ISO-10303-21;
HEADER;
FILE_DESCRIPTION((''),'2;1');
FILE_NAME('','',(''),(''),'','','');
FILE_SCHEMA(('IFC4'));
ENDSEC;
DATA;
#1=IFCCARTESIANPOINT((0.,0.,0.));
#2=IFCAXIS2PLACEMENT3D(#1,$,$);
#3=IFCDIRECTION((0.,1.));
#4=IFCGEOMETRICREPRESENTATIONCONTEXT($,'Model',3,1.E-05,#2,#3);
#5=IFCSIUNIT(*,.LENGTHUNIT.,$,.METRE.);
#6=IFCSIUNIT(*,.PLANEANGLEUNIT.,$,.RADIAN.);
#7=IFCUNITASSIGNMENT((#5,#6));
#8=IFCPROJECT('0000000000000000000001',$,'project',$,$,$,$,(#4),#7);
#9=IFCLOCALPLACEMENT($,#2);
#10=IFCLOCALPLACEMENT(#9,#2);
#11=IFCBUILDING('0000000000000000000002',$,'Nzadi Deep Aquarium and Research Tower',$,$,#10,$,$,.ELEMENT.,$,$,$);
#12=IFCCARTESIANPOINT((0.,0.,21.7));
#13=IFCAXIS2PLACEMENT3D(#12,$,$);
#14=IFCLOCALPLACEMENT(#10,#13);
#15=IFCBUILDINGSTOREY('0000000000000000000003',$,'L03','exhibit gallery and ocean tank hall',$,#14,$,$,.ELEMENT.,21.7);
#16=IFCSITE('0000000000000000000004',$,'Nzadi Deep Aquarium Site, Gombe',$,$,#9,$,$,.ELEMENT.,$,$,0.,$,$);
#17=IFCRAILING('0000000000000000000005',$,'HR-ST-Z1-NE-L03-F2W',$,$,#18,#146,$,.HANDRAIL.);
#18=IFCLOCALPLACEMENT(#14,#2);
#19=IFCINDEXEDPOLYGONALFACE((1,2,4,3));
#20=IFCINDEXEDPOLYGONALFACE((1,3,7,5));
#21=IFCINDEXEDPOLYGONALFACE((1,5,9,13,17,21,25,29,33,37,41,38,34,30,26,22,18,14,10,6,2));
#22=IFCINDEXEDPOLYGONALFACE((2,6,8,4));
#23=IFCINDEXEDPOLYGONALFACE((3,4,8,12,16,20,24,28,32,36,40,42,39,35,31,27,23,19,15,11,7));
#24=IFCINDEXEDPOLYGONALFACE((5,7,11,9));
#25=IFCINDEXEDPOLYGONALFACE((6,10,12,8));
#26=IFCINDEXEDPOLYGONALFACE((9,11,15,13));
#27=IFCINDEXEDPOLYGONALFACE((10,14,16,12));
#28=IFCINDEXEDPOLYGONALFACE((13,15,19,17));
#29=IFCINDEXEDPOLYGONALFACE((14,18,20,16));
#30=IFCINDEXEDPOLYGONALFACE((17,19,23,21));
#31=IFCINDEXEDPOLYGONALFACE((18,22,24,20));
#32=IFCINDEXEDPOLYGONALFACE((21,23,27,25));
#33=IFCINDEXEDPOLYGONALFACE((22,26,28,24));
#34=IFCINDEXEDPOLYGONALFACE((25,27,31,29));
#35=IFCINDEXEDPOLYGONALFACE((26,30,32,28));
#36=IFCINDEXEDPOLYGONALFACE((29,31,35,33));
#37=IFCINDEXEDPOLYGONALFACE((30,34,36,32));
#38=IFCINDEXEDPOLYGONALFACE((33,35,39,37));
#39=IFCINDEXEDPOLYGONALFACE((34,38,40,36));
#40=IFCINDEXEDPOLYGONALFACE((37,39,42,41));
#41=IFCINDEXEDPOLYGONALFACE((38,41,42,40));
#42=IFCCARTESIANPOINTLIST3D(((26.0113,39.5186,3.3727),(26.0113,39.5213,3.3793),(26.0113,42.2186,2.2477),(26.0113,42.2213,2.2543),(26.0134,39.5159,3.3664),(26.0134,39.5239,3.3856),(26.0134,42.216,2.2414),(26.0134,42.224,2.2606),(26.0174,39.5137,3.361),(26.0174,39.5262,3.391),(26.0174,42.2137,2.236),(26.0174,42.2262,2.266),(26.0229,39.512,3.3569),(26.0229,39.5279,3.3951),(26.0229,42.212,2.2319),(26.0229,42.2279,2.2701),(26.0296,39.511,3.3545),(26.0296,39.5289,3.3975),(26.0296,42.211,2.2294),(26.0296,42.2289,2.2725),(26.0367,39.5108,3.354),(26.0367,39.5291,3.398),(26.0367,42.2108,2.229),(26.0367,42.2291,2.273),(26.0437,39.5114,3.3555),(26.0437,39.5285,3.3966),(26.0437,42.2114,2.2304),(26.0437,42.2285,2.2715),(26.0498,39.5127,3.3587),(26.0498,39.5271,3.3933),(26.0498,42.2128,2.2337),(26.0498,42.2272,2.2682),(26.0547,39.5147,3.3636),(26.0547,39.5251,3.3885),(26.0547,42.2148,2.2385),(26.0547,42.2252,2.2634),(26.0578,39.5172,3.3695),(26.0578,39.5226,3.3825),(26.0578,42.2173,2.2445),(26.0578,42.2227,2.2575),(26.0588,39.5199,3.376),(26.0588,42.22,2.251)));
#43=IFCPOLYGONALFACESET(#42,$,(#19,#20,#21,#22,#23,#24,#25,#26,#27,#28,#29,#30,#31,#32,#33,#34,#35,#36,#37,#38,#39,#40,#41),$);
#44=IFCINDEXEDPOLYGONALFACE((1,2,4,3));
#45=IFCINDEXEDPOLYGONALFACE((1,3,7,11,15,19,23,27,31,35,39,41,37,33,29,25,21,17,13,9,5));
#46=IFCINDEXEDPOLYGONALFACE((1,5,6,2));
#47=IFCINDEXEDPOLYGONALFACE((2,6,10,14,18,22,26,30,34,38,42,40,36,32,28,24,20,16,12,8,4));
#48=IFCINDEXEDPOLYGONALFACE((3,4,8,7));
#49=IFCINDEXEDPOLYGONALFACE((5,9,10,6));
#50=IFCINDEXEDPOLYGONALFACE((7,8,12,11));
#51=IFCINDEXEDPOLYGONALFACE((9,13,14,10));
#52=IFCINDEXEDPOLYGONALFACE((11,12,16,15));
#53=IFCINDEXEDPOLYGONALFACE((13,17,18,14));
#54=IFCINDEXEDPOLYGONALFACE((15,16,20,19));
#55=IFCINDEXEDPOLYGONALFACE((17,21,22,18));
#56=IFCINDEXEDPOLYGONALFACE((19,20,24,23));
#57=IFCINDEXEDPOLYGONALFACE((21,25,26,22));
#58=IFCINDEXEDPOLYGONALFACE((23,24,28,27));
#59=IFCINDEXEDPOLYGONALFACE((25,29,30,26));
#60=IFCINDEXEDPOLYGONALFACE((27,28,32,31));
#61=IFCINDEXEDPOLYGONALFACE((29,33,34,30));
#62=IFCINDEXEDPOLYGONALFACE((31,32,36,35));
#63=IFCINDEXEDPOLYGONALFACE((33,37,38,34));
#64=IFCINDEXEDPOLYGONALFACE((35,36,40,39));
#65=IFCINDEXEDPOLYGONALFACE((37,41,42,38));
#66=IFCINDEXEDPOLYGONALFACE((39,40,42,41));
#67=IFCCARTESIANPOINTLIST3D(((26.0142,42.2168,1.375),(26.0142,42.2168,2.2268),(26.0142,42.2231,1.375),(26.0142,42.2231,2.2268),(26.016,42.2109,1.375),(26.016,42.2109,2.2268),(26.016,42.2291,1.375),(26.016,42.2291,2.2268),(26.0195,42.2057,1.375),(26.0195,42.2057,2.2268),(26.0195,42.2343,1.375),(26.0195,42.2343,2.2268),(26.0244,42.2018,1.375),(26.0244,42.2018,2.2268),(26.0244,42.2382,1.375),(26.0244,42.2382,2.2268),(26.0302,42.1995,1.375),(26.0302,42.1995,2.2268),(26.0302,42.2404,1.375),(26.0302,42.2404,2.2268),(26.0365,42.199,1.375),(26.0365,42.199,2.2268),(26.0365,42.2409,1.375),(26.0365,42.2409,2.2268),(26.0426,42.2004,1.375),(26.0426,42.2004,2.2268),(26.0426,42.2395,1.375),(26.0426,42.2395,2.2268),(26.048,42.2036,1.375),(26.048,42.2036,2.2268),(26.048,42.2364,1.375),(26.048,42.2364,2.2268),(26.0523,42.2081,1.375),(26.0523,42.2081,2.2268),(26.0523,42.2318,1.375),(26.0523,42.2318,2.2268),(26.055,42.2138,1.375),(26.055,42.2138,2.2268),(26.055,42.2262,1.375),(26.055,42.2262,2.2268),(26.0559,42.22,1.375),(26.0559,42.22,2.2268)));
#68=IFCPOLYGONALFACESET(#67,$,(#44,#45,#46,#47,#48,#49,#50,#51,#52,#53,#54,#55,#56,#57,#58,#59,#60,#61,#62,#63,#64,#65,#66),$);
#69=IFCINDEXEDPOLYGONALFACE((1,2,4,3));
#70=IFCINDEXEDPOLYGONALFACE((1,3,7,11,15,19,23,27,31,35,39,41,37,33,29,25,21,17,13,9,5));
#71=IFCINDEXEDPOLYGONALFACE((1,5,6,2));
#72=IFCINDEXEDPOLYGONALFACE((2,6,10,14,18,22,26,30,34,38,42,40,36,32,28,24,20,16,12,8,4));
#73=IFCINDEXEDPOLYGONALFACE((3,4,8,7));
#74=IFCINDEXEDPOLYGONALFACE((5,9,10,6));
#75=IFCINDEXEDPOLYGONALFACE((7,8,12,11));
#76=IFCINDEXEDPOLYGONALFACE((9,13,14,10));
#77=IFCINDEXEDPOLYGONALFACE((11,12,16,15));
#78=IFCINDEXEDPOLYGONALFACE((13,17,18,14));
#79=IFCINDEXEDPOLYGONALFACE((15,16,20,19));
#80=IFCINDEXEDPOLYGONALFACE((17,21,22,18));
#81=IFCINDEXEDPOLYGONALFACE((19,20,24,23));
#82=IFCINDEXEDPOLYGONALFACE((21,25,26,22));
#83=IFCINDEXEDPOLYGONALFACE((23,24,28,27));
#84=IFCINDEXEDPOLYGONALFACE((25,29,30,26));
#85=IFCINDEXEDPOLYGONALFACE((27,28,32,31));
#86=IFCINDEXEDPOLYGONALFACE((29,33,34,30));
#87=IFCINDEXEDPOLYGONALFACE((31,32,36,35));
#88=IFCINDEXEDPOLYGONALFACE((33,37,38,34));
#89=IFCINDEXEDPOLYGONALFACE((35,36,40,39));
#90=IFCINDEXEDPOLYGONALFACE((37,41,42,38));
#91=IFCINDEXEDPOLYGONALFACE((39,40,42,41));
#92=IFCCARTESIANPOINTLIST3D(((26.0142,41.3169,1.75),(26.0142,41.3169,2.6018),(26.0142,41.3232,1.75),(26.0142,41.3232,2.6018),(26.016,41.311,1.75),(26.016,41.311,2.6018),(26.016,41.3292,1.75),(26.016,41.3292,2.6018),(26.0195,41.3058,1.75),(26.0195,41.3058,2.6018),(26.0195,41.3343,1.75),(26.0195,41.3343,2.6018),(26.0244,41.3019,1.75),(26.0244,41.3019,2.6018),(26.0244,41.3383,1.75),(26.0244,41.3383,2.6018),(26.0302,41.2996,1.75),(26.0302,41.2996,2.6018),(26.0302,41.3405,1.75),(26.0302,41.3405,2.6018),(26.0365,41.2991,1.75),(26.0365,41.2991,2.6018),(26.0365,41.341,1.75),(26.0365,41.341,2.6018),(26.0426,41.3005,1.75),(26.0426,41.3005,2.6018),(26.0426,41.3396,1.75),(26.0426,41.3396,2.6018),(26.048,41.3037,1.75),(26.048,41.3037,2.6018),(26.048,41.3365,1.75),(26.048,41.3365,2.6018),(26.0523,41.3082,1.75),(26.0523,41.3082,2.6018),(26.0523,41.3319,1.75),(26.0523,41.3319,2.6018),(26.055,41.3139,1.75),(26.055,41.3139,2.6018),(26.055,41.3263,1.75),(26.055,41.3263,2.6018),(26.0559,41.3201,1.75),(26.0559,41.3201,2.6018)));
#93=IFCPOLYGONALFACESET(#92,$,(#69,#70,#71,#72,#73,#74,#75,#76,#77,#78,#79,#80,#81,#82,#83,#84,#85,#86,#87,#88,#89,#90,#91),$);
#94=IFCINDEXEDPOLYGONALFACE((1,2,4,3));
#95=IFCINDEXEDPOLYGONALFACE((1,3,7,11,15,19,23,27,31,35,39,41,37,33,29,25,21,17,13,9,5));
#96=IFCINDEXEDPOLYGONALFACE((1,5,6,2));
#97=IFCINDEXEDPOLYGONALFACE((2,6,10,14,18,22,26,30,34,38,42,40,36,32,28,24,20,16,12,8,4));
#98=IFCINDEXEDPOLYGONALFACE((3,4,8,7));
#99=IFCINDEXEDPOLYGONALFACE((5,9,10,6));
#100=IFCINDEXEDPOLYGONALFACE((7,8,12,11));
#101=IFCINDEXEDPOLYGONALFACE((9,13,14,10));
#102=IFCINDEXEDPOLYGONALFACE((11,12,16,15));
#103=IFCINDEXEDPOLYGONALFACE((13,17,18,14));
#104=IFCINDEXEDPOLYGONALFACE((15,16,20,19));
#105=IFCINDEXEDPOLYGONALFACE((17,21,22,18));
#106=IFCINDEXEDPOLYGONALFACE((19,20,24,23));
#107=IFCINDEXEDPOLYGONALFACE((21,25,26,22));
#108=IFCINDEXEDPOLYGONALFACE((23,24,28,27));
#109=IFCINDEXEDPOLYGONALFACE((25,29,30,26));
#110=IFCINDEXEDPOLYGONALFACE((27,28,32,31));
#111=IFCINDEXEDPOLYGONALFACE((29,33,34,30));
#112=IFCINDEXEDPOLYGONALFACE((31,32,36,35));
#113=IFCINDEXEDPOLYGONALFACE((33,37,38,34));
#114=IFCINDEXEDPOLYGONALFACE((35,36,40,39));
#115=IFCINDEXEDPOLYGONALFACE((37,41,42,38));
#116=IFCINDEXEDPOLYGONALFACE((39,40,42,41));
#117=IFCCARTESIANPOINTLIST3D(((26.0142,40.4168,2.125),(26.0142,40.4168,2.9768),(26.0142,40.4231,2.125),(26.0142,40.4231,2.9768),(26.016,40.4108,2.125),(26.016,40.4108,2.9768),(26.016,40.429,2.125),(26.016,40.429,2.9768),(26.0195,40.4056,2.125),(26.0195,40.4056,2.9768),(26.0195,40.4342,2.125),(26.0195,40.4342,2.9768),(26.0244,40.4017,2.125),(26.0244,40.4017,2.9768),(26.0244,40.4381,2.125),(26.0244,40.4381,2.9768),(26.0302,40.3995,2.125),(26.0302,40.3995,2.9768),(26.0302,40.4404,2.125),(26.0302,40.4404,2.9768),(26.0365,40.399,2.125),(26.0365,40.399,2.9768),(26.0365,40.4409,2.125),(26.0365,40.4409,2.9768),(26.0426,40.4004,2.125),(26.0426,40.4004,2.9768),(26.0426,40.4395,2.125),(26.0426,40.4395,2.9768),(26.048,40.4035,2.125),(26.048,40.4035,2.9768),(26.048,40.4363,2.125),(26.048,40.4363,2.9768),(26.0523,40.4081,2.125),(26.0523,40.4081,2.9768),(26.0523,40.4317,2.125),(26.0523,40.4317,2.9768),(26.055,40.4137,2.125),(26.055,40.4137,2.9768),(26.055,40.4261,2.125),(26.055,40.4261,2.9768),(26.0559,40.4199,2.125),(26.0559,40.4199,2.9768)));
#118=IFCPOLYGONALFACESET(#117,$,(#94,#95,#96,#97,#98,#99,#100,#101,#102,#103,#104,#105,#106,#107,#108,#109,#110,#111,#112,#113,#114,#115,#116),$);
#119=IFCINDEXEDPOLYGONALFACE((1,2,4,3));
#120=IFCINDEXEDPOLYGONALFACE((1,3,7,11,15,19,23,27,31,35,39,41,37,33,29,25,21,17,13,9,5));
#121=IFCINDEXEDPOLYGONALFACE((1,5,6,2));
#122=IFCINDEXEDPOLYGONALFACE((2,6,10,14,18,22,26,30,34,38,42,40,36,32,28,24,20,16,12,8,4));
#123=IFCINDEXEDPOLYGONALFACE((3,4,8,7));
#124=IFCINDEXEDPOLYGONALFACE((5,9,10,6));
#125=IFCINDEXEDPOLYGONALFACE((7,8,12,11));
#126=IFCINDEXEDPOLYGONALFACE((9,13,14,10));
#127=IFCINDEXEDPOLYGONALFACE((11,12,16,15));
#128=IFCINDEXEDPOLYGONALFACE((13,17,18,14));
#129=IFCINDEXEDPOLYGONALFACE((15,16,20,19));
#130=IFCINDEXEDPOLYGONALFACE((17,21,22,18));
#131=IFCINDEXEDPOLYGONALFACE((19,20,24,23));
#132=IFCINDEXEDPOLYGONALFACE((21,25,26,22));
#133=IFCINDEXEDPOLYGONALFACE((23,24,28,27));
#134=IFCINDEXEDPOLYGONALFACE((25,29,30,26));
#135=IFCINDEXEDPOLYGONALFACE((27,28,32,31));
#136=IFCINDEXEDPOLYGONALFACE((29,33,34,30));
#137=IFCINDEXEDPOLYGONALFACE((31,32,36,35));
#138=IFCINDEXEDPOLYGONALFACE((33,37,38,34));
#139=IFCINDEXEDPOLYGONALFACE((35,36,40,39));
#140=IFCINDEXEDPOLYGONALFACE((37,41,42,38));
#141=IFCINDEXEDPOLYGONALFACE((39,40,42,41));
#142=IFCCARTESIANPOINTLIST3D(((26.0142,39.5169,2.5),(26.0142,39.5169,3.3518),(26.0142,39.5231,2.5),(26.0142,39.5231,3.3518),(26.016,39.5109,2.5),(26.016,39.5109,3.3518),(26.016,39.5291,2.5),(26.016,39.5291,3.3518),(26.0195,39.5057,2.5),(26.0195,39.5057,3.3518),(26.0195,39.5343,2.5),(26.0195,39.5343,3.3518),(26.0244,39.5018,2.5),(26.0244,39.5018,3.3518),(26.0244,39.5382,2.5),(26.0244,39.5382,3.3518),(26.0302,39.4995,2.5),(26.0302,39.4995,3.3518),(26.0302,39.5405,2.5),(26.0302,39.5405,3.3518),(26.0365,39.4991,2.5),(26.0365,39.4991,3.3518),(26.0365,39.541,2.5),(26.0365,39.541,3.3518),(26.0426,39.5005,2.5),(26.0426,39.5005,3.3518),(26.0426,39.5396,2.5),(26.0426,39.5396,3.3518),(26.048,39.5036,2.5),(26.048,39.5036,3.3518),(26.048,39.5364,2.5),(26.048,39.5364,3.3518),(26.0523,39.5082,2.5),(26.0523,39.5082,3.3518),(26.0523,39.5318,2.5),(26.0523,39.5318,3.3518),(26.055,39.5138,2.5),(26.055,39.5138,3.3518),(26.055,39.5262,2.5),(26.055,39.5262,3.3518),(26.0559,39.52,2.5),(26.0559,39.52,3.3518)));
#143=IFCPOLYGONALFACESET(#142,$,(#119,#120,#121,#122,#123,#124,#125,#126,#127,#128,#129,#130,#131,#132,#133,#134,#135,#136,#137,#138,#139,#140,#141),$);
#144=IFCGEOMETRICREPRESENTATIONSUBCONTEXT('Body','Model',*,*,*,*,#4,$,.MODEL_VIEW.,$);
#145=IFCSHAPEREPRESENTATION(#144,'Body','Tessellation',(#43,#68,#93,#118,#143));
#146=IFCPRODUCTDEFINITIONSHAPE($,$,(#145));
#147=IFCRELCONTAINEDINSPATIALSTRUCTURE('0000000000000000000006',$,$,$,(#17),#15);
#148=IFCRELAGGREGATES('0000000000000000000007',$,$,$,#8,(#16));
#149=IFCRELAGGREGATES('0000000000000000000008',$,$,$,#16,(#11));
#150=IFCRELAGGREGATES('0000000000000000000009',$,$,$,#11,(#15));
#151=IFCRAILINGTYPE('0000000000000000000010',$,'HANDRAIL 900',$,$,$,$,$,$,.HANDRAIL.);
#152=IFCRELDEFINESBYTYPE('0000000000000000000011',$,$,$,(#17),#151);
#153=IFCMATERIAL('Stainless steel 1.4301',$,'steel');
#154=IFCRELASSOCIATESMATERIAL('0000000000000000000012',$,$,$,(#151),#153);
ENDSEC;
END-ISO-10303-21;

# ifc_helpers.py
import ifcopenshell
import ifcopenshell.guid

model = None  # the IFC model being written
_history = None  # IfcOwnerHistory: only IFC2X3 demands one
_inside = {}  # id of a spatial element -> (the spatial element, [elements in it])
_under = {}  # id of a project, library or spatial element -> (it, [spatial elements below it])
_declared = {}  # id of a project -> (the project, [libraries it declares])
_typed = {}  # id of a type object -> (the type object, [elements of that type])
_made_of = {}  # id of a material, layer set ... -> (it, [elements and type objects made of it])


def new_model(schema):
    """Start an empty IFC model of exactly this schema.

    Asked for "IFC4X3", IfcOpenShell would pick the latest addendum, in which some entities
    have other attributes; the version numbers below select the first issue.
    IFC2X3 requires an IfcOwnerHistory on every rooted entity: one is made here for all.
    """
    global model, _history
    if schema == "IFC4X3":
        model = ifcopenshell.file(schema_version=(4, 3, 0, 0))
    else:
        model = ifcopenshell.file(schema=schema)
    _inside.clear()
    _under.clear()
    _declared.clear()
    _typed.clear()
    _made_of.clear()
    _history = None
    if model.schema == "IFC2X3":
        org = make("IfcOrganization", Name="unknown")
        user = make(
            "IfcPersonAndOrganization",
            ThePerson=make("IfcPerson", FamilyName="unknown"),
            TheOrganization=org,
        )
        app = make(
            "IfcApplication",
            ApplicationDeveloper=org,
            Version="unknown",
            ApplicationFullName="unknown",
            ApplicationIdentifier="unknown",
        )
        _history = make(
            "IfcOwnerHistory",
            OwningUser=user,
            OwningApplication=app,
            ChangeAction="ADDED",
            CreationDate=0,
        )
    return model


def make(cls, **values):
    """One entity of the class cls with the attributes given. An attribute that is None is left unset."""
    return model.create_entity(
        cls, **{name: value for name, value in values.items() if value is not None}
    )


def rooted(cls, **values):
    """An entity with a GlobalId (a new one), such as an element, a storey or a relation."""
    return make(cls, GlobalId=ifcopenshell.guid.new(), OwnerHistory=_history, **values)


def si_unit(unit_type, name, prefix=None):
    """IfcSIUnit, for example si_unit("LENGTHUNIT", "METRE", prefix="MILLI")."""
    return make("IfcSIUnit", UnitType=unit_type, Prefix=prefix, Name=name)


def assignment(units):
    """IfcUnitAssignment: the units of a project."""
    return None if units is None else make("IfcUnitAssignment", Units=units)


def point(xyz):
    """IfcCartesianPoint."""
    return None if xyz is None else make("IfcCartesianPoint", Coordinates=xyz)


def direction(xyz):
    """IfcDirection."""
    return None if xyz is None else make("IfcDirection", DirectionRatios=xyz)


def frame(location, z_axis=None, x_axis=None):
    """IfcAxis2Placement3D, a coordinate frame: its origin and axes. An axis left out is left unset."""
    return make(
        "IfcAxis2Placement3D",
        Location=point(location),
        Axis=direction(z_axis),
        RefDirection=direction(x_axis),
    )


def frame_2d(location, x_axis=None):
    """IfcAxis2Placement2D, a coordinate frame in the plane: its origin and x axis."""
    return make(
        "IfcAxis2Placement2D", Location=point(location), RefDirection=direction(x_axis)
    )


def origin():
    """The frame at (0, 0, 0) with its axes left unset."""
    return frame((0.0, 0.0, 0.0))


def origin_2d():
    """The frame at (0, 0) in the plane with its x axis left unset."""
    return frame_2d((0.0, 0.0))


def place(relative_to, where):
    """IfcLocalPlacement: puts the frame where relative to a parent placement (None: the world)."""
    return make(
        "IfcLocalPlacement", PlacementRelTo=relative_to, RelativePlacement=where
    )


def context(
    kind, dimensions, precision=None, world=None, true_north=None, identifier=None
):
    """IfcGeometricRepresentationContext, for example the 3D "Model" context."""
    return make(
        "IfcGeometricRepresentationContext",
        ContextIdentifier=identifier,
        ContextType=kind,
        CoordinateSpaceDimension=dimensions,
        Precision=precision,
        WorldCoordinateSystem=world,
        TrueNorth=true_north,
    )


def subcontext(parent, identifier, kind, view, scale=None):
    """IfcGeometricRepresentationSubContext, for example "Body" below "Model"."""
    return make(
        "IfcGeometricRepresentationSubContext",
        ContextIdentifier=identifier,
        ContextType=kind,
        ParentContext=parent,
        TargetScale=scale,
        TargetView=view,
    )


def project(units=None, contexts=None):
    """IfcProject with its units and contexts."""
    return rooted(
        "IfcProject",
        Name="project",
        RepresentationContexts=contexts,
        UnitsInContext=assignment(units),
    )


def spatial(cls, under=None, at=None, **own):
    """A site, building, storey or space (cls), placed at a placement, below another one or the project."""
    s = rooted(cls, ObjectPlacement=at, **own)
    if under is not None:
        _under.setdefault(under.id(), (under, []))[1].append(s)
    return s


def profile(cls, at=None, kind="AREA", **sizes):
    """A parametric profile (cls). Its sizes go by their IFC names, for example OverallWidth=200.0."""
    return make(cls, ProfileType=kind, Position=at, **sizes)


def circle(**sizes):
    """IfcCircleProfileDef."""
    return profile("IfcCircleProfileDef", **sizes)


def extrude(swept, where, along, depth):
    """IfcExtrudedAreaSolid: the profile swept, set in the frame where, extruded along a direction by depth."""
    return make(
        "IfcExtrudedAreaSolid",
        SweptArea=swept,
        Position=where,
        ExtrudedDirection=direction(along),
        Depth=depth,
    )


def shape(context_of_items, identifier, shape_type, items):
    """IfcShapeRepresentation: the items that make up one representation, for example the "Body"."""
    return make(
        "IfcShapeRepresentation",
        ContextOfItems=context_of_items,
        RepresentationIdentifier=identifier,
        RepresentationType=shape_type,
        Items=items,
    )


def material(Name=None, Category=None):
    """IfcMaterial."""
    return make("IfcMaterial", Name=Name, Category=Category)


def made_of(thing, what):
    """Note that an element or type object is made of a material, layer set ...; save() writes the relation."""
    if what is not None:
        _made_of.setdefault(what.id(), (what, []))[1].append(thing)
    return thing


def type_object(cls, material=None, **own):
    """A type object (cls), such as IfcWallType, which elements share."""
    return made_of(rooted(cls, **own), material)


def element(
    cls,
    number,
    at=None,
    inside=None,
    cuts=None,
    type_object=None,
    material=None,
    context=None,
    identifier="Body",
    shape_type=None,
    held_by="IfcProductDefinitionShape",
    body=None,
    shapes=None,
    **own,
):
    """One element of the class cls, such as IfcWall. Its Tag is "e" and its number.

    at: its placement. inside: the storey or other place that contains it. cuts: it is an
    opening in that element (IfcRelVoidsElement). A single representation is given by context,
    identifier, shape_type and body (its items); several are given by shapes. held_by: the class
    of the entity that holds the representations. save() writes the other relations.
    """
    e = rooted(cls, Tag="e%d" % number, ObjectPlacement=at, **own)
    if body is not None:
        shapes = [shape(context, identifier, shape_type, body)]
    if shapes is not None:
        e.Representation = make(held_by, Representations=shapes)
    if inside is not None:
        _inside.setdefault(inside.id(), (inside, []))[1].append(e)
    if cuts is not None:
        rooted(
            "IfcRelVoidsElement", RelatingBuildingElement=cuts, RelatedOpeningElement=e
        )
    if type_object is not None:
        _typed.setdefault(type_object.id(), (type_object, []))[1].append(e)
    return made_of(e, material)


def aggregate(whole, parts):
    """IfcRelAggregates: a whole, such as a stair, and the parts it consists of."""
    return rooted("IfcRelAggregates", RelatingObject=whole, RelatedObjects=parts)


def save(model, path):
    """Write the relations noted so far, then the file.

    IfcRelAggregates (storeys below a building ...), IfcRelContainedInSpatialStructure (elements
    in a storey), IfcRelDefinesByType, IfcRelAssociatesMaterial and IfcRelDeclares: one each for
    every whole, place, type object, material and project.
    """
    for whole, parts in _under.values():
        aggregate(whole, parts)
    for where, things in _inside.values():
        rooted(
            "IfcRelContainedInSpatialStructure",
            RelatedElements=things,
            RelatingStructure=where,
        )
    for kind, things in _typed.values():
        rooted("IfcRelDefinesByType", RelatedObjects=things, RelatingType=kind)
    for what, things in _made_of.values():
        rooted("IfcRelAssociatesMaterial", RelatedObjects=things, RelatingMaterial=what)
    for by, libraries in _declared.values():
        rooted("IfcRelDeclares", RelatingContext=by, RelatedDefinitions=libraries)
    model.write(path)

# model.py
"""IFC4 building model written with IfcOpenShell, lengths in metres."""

from ifc_helpers import new_model, si_unit, direction, frame, origin, origin_2d, place, context, subcontext, project, spatial, circle, extrude, material, type_object, element, save


model = new_model("IFC4")

# Units and contexts
model_context = context("Model", 3, precision=1e-05, world=origin(), true_north=direction((0.0, 1.0)))
body_context = subcontext(model_context, "Body", "Model", "MODEL_VIEW")
ifc_project = project(units=[si_unit("LENGTHUNIT", "METRE"), si_unit("PLANEANGLEUNIT", "RADIAN")], contexts=[model_context])

# Site, building, storey
site_placement = place(None, origin())
site = spatial("IfcSite", under=ifc_project, at=site_placement, Name="Nzadi Deep Aquarium Site, Gombe", CompositionType="ELEMENT", RefElevation=0.0)
building_placement = place(site_placement, origin())
building = spatial("IfcBuilding", under=site, at=building_placement, Name="Nzadi Deep Aquarium and Research Tower", CompositionType="ELEMENT")
storey_placement = place(building_placement, frame((0.0, 0.0, 21.7)))
storey = spatial("IfcBuildingStorey", under=building, at=storey_placement, Name="L03", Description="exhibit gallery and ocean tank hall", CompositionType="ELEMENT", Elevation=21.7)

# Railing
ifc_material_1 = material(Name="Stainless steel 1.4301", Category="steel")
railing_type = type_object("IfcRailingType", Name="HANDRAIL 900", PredefinedType="HANDRAIL", material=ifc_material_1)
for number, where, name in (
    (1, (26.0349, 42.22, 1.375), "HR-ST-Z1-NE-L03-F2W"),
):
    element("IfcRailing", number, at=place(storey_placement, frame(where)), inside=storey, type_object=railing_type, Name=name, PredefinedType="HANDRAIL", context=body_context, shape_type="SweptSolid", body=[
        extrude(circle(Radius=0.0239, at=origin_2d()), frame((0.0, 0.0, 0.876), z_axis=(0.0, -0.923074, 0.384621), x_axis=(1.0, 0.0, 0.0)), (0.0, 0.0, 1.0), 2.925),
        extrude(circle(Radius=0.021, at=origin_2d()), origin(), (0.0, 0.0, 1.0), 0.8518),
        extrude(circle(Radius=0.021, at=origin_2d()), frame((0.0, -0.8999, 0.375)), (0.0, 0.0, 1.0), 0.8518),
        extrude(circle(Radius=0.021, at=origin_2d()), frame((0.0, -1.8, 0.75)), (0.0, 0.0, 1.0), 0.8518),
        extrude(circle(Radius=0.021, at=origin_2d()), frame((0.0, -2.7, 1.125)), (0.0, 0.0, 1.0), 0.8518),
    ])

save(model, "model.ifc")
